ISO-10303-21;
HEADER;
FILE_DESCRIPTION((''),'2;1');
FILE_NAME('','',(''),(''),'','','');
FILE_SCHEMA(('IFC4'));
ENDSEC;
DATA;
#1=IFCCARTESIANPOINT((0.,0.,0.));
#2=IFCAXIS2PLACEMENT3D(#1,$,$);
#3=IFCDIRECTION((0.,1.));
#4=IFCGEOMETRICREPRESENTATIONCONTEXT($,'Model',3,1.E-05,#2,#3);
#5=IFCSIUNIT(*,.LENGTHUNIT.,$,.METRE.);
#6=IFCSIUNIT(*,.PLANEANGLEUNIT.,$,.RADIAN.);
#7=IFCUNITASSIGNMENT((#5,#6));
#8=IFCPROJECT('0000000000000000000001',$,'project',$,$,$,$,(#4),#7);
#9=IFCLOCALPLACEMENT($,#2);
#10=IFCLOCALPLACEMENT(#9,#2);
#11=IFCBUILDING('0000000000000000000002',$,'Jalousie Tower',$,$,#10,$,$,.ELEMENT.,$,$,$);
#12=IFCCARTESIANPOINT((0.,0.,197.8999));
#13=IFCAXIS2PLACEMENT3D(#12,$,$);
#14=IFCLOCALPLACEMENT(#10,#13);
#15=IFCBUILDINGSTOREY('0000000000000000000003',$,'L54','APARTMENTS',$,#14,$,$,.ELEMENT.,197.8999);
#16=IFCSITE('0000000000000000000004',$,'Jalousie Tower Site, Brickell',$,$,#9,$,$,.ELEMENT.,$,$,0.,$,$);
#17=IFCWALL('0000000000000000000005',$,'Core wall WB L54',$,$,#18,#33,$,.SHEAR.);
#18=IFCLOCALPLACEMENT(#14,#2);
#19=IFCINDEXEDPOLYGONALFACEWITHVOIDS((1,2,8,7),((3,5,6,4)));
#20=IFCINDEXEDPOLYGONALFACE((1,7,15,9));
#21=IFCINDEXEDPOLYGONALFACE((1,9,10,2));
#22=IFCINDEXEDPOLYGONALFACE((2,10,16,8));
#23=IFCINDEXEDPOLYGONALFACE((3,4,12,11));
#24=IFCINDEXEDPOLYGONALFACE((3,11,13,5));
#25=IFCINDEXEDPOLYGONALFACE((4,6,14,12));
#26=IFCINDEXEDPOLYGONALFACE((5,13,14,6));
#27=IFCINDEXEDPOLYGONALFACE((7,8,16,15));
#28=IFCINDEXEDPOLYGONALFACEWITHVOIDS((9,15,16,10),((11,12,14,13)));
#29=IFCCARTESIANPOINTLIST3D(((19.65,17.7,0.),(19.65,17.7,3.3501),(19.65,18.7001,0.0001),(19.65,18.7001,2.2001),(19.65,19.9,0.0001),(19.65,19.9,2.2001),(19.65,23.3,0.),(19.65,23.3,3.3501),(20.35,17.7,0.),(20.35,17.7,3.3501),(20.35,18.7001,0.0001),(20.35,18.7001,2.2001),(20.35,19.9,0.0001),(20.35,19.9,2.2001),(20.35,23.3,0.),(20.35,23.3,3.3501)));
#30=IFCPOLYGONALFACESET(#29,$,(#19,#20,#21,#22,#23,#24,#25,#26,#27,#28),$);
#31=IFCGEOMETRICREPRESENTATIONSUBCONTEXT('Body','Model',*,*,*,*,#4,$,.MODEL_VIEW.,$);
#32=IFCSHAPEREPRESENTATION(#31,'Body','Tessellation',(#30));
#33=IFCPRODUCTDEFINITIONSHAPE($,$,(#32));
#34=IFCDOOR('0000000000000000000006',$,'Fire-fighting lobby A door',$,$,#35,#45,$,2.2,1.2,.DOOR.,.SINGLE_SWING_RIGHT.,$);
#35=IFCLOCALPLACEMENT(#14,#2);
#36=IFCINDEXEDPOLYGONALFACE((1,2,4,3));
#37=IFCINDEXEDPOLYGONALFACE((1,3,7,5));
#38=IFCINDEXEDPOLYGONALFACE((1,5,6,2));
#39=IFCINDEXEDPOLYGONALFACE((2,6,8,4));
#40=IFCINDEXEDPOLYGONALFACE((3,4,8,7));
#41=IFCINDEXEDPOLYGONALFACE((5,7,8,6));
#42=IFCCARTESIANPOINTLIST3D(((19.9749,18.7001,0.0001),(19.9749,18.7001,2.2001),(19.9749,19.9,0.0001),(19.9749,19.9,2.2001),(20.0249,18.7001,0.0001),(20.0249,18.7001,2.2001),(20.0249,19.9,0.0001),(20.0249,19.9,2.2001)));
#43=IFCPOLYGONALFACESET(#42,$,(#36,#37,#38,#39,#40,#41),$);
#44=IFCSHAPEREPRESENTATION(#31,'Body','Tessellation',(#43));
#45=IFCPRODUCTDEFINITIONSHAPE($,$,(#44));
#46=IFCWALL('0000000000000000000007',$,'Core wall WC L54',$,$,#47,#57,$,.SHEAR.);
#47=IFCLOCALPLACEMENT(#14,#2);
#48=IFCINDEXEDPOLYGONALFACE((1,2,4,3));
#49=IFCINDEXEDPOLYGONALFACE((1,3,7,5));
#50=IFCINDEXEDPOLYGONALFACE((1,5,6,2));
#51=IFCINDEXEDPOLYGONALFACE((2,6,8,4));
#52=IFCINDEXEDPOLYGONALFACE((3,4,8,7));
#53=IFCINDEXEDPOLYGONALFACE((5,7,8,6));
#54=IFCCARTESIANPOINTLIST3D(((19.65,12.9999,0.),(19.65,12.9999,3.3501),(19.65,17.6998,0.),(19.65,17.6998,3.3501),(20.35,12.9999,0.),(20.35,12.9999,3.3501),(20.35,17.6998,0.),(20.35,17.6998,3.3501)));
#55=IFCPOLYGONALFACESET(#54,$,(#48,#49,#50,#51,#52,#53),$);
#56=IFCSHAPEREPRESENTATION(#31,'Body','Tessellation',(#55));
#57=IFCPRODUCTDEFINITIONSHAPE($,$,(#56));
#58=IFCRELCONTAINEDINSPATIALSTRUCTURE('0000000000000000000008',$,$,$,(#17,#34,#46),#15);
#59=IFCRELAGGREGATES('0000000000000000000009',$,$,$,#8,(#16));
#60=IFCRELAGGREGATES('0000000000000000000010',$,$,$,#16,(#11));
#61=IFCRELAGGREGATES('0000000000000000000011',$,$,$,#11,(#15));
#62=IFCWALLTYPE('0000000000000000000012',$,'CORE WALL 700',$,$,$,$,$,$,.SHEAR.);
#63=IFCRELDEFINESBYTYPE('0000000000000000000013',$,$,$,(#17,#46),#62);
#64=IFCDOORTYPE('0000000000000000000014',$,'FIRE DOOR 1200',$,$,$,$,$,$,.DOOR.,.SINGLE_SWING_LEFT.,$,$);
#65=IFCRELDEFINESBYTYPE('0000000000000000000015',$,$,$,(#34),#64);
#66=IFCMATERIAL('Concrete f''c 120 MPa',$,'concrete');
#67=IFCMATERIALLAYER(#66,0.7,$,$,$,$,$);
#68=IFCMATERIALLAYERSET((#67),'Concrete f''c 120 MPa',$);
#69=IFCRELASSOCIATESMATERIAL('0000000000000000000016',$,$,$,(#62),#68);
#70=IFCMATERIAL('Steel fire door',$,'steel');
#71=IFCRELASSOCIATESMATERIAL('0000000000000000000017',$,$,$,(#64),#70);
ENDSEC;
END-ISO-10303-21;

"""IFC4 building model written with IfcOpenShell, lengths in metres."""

from ifc_helpers import new_model, si_unit, direction, frame, frame_2d, origin, place, context, subcontext, project, spatial, rectangle, extrude, material, layer, layer_set, type_object, element, fill, save


model = new_model("IFC4")

# Units and contexts
model_context = context("Model", 3, precision=1e-05, world=origin(), true_north=direction((0.0, 1.0)))
body_context = subcontext(model_context, "Body", "Model", "MODEL_VIEW")
ifc_project = project(units=[si_unit("LENGTHUNIT", "METRE"), si_unit("PLANEANGLEUNIT", "RADIAN")], contexts=[model_context])

# Site, building, storey
site_placement = place(None, origin())
site = spatial("IfcSite", under=ifc_project, at=site_placement, Name="Jalousie Tower Site, Brickell", CompositionType="ELEMENT", RefElevation=0.0)
building_placement = place(site_placement, origin())
building = spatial("IfcBuilding", under=site, at=building_placement, Name="Jalousie Tower", CompositionType="ELEMENT")
storey_placement = place(building_placement, frame((0.0, 0.0, 197.8999)))
storey = spatial("IfcBuildingStorey", under=building, at=storey_placement, Name="L54", Description="APARTMENTS", CompositionType="ELEMENT", Elevation=197.8999)

# Shared definitions
ifc_material_1 = material(Name="Concrete f'c 120 MPa", Category="concrete")
ifc_layer_1 = layer(ifc_material_1, 0.7)
ifc_layer_set_1 = layer_set([ifc_layer_1], Name="Concrete f'c 120 MPa")
wall_type_1 = type_object("IfcWallType", Name="CORE WALL 700", PredefinedType="SHEAR", material=ifc_layer_set_1)

# Wall, opening, door
wall_1_placement = place(storey_placement, frame((20.0, 23.3, 0.0), z_axis=(0.0, 0.0, 1.0), x_axis=(0.0, -1.0, 0.0)))
wall_1 = element("IfcWall", 1, at=wall_1_placement, inside=storey, type_object=wall_type_1, Name="Core wall WB L54", PredefinedType="SHEAR", context=body_context, shape_type="SweptSolid", body=[
    extrude(rectangle(XDim=5.6001, YDim=0.7, at=frame_2d((2.8, 0.0))), origin(), (0.0, 0.0, 1.0), 3.3501),
])
opening_1_placement = place(wall_1_placement, frame((3.3999, 0.0, 0.0)))
opening_1 = element("IfcOpeningElement", 2, at=opening_1_placement, cuts=wall_1, PredefinedType="OPENING", context=body_context, shape_type="SweptSolid", body=[
    extrude(rectangle(XDim=1.2, YDim=2.2, at=frame_2d((0.6001, 1.1001))), frame((0.0, 0.3599, 0.0), z_axis=(0.0, -1.0, 0.0), x_axis=(1.0, 0.0, 0.0)), (0.0, 0.0, 1.0), 0.72),
])
ifc_material_2 = material(Name="Steel fire door", Category="steel")
door_type_1 = type_object("IfcDoorType", Name="FIRE DOOR 1200", OperationType="SINGLE_SWING_LEFT", PredefinedType="DOOR", material=ifc_material_2)
door_1_placement = place(opening_1_placement, origin())
door_1 = element("IfcDoor", 3, at=door_1_placement, inside=storey, type_object=door_type_1, Name="Fire-fighting lobby A door", OperationType="SINGLE_SWING_RIGHT", OverallHeight=2.2, OverallWidth=1.2, PredefinedType="DOOR", context=body_context, shape_type="SweptSolid", body=[
    extrude(rectangle(XDim=1.2, YDim=2.2, at=frame_2d((0.6001, 1.1001))), frame((0.0, 0.0249, 0.0), z_axis=(0.0, -1.0, 0.0), x_axis=(1.0, 0.0, 0.0)), (0.0, 0.0, 1.0), 0.05),
])
fill(opening_1, door_1)

# Wall
wall_2_placement = place(storey_placement, frame((20.0, 17.7, 0.0), z_axis=(0.0, 0.0, 1.0), x_axis=(0.0, -1.0, 0.0)))
element("IfcWall", 4, at=wall_2_placement, inside=storey, type_object=wall_type_1, Name="Core wall WC L54", PredefinedType="SHEAR", context=body_context, shape_type="SweptSolid", body=[
    extrude(rectangle(XDim=4.7, YDim=0.7, at=frame_2d((2.3501, 0.0))), origin(), (0.0, 0.0, 1.0), 3.3501),
])

save(model, "model.ifc")
